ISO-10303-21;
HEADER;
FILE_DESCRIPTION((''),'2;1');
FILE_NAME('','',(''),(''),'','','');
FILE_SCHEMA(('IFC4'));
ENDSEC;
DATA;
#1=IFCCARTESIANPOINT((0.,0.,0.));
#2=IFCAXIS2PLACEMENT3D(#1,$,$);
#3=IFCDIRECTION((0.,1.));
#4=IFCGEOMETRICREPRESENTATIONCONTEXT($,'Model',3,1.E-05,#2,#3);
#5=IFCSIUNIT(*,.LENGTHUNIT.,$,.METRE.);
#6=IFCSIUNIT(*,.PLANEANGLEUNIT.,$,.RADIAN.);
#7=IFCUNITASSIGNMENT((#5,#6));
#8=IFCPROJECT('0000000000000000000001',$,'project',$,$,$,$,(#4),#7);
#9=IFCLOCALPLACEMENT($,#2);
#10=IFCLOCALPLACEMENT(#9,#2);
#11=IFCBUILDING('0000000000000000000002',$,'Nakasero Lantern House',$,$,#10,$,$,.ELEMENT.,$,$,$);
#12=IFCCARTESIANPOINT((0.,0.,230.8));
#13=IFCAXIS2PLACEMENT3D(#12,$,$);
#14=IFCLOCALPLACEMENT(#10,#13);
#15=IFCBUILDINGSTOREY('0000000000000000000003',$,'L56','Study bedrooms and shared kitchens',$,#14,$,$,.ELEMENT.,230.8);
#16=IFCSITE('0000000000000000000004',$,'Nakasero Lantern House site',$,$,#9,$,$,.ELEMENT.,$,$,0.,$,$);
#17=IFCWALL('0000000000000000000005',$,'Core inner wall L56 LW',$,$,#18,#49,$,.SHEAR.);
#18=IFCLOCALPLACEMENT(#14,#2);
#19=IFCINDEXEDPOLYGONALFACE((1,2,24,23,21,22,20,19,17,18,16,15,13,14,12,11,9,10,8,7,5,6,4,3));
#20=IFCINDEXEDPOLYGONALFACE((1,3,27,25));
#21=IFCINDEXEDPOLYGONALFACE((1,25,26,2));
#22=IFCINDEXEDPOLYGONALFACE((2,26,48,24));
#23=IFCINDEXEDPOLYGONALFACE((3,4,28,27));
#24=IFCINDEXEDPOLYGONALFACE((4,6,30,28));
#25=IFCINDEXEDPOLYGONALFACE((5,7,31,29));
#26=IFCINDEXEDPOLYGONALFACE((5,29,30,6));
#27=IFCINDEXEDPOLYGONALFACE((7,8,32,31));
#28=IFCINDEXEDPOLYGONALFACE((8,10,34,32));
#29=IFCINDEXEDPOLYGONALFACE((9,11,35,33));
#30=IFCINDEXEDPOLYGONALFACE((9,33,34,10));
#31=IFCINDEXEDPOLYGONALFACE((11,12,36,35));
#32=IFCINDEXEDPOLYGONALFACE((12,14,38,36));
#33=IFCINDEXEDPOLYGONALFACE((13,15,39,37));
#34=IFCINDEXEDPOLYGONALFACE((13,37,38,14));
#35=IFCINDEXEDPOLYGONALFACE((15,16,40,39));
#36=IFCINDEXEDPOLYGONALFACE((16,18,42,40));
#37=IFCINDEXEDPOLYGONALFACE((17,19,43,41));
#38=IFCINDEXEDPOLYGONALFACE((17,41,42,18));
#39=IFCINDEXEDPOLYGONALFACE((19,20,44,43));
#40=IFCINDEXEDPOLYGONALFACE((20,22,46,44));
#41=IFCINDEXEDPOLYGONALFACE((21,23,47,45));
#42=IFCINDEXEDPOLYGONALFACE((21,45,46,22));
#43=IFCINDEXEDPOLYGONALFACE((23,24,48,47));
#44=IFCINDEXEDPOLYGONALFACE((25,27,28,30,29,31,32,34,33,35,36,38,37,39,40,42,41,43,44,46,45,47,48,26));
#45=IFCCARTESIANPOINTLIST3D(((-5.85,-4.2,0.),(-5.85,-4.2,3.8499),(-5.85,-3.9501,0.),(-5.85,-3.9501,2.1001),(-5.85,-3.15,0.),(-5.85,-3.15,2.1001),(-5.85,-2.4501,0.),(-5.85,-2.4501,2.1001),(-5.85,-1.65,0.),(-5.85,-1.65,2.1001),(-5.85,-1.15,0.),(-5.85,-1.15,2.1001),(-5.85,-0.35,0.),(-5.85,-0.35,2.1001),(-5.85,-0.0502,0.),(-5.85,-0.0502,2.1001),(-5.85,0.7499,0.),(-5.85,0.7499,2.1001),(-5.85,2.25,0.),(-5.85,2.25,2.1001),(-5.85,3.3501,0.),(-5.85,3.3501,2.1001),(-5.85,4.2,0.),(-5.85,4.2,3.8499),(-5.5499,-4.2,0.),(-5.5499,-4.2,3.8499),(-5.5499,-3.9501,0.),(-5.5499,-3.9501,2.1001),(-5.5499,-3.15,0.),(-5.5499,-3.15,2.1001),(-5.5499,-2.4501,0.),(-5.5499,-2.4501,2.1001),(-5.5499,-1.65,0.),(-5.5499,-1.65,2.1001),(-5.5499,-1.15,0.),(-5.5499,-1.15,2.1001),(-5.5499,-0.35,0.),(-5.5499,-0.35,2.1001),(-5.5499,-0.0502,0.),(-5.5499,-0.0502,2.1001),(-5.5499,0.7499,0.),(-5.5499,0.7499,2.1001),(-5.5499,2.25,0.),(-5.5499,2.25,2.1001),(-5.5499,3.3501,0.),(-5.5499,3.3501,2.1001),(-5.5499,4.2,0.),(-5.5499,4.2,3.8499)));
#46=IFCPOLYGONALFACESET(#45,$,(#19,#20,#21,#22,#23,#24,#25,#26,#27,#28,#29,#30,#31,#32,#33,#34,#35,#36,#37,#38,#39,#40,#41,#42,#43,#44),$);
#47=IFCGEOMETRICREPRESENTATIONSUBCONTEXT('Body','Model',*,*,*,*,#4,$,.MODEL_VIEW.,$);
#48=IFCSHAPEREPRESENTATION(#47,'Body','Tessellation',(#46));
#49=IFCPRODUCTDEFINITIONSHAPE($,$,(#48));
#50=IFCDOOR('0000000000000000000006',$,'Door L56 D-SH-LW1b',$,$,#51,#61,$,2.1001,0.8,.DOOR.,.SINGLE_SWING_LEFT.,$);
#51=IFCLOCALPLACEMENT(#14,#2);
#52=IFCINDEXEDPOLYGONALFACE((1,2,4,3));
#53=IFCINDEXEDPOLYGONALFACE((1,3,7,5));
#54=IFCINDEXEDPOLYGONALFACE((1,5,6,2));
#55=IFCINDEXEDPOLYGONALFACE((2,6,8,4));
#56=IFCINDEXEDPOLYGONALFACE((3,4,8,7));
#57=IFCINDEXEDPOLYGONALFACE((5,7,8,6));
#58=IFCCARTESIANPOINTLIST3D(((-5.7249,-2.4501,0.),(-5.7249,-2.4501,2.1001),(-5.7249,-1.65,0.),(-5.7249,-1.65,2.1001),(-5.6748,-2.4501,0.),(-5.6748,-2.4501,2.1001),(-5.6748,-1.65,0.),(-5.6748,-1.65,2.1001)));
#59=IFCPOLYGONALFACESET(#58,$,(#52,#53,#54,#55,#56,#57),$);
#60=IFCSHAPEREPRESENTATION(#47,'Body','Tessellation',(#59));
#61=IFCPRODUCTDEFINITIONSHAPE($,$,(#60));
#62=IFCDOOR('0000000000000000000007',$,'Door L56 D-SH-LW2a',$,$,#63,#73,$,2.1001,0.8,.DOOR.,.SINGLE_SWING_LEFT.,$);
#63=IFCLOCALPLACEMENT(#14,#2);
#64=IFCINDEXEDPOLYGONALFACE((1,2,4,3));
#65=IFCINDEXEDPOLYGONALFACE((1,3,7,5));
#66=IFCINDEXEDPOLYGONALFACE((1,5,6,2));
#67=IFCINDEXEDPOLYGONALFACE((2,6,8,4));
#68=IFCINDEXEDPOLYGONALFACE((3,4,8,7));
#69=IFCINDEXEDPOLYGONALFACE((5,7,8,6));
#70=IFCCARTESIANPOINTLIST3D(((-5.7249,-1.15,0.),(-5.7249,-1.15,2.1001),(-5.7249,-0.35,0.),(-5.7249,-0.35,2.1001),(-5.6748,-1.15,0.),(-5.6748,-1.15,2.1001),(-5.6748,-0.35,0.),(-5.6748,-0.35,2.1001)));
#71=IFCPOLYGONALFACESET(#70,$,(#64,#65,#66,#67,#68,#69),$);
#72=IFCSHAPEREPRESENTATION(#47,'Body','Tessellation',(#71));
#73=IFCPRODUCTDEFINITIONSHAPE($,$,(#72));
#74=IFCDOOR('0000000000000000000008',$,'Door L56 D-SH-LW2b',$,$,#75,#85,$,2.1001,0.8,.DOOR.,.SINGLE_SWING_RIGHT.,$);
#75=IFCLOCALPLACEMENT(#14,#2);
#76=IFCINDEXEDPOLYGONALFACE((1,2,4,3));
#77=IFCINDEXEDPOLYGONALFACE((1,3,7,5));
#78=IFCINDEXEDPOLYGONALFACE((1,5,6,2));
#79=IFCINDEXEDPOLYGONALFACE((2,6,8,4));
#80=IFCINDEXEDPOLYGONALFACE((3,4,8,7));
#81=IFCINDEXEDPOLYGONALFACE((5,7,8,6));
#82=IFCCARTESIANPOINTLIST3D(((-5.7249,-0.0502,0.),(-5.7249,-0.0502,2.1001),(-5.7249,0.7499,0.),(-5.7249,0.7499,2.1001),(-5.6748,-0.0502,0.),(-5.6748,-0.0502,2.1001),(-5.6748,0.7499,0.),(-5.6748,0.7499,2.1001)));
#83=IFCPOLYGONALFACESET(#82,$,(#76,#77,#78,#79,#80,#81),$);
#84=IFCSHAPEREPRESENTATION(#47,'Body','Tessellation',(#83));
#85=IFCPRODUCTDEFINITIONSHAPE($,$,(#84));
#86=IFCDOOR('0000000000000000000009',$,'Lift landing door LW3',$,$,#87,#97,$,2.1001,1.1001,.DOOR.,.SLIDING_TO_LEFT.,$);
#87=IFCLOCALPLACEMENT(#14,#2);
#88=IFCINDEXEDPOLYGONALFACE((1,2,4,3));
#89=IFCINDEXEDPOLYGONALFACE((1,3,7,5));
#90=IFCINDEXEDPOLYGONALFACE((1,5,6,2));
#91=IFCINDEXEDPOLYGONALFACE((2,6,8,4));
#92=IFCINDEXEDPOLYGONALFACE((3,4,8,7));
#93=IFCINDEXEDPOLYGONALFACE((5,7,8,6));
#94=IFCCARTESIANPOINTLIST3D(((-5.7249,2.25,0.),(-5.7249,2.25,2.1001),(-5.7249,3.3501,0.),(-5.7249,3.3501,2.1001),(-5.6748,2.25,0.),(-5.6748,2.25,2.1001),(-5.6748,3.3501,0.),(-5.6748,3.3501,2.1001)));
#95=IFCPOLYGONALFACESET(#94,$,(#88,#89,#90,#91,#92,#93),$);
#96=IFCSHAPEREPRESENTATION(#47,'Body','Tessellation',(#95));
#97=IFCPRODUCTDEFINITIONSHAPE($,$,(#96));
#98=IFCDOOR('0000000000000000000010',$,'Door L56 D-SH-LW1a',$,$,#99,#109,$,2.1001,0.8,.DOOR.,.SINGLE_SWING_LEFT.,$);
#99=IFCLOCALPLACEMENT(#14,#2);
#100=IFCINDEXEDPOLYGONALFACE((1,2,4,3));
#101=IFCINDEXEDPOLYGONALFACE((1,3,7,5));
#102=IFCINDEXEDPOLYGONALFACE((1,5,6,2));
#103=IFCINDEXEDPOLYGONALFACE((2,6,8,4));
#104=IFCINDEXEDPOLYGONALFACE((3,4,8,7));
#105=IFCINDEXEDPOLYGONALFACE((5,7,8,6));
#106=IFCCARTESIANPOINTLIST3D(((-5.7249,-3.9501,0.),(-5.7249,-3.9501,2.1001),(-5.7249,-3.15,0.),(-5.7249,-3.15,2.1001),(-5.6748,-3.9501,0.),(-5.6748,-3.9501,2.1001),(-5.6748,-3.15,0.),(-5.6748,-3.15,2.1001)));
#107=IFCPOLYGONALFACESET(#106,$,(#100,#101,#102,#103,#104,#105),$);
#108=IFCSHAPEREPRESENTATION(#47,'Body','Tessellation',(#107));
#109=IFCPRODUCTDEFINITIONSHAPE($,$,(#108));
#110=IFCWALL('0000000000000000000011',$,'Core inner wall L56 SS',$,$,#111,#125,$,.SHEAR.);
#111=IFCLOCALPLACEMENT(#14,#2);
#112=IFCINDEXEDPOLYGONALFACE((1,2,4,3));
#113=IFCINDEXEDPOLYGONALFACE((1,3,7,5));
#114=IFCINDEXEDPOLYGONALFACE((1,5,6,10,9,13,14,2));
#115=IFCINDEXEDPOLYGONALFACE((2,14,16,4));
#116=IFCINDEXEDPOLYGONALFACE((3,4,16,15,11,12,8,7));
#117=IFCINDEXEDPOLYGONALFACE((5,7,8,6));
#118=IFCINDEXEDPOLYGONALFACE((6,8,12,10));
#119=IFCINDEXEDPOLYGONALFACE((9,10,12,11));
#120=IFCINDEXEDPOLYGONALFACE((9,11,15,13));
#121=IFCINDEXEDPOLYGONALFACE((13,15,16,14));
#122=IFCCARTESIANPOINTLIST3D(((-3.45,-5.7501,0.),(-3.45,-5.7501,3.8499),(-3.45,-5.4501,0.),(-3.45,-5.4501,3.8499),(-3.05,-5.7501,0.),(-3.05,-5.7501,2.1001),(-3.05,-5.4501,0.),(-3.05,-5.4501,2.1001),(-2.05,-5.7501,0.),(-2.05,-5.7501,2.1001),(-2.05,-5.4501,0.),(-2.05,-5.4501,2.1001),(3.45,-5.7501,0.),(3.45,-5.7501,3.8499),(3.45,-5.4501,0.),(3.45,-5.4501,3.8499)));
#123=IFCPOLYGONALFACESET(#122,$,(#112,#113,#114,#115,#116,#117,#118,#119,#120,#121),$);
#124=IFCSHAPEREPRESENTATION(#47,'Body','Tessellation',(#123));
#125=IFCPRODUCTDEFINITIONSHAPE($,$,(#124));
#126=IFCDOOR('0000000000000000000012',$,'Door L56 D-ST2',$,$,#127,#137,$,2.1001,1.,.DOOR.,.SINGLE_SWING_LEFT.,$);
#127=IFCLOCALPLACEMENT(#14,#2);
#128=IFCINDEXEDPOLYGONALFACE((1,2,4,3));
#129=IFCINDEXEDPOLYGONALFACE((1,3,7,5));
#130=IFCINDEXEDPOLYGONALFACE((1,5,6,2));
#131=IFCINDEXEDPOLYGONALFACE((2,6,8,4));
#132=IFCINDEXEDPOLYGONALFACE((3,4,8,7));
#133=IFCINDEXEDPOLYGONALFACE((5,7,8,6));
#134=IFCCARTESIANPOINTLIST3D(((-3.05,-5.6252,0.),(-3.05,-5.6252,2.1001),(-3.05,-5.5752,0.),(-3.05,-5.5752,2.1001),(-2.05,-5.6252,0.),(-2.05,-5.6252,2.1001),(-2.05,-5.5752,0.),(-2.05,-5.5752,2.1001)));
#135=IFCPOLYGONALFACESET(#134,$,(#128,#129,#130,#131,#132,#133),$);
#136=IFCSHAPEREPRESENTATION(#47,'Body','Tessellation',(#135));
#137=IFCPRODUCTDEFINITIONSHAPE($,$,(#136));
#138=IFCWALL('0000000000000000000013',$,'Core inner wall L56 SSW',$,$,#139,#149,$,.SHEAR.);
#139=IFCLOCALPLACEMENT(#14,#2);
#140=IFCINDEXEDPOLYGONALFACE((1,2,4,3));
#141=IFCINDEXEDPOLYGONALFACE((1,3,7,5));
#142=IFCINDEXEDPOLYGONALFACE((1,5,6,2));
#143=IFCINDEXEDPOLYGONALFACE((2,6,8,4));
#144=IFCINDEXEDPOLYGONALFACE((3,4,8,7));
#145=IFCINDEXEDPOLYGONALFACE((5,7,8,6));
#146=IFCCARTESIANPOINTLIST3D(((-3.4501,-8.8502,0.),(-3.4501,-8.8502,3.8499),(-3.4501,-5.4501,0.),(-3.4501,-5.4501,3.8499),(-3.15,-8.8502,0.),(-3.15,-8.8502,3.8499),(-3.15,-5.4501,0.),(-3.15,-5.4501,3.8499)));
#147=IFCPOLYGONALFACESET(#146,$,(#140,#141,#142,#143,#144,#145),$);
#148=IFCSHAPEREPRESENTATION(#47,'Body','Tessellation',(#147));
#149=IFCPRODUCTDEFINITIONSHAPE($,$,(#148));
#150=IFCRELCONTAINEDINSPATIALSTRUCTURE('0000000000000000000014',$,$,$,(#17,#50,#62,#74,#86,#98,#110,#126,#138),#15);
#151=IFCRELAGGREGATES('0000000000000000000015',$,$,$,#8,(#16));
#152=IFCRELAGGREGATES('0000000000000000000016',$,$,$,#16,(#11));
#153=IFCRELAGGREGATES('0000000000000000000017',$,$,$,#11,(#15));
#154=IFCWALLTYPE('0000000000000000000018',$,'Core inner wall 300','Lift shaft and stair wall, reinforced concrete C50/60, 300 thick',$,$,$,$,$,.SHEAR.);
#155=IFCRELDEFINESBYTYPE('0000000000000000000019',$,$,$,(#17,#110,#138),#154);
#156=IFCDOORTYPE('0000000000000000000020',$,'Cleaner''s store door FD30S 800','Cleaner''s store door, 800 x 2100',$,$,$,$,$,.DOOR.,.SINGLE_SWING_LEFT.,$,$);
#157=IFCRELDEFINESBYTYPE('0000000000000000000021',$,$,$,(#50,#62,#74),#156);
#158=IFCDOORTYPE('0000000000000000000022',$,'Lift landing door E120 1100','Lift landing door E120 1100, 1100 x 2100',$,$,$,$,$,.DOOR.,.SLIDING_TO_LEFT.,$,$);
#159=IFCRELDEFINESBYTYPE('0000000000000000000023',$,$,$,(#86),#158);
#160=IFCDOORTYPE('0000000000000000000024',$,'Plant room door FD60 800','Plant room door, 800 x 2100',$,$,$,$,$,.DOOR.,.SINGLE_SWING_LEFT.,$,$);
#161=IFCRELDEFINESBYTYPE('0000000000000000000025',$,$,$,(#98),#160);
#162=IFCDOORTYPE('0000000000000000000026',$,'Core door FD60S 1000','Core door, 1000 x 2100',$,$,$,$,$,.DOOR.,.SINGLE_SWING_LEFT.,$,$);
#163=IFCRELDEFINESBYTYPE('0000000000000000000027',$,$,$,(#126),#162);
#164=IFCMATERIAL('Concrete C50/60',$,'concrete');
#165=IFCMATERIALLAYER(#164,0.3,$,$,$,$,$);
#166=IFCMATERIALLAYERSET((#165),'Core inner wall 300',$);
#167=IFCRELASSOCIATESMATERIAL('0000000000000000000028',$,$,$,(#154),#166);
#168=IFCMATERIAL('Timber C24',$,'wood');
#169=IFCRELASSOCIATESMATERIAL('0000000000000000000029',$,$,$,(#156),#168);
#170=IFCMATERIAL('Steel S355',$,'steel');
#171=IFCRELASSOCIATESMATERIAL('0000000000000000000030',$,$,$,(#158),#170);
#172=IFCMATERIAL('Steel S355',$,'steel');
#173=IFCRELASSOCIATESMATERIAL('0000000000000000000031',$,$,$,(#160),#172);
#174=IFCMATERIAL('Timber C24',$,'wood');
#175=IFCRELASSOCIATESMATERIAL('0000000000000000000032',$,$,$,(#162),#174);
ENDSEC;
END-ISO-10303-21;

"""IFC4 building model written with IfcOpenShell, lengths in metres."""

from ifc_helpers import new_model, si_unit, direction, frame, frame_2d, origin, place, context, subcontext, project, spatial, rectangle, extrude, material, layer, layer_set, type_object, element, fill, save


model = new_model("IFC4")

# Units and contexts
model_context = context("Model", 3, precision=1e-05, world=origin(), true_north=direction((0.0, 1.0)))
body_context = subcontext(model_context, "Body", "Model", "MODEL_VIEW")
ifc_project = project(units=[si_unit("LENGTHUNIT", "METRE"), si_unit("PLANEANGLEUNIT", "RADIAN")], contexts=[model_context])

# Site, building, storey
site_placement = place(None, origin())
site = spatial("IfcSite", under=ifc_project, at=site_placement, Name="Nakasero Lantern House site", CompositionType="ELEMENT", RefElevation=0.0)
building_placement = place(site_placement, origin())
building = spatial("IfcBuilding", under=site, at=building_placement, Name="Nakasero Lantern House", CompositionType="ELEMENT")
storey_placement = place(building_placement, frame((0.0, 0.0, 230.8)))
storey = spatial("IfcBuildingStorey", under=building, at=storey_placement, Name="L56", Description="Study bedrooms and shared kitchens", CompositionType="ELEMENT", Elevation=230.8)

# Wall, openings, doors
ifc_material_1 = material(Name="Concrete C50/60", Category="concrete")
ifc_layer_1 = layer(ifc_material_1, 0.3)
ifc_layer_set_1 = layer_set([ifc_layer_1], Name="Core inner wall 300")
wall_type_1 = type_object("IfcWallType", Name="Core inner wall 300", Description="Lift shaft and stair wall, reinforced concrete C50/60, 300 thick", PredefinedType="SHEAR", material=ifc_layer_set_1)
wall_1_placement = place(storey_placement, frame((-5.7, -4.2, 0.0), z_axis=(0.0, 0.0, 1.0), x_axis=(0.0, 1.0, 0.0)))
wall_1 = element("IfcWall", 1, at=wall_1_placement, inside=storey, type_object=wall_type_1, Name="Core inner wall L56 LW", PredefinedType="SHEAR", context=body_context, shape_type="SweptSolid", body=[
    extrude(rectangle(XDim=8.3999, YDim=0.3, at=frame_2d((4.2, 0.0))), origin(), (0.0, 0.0, 1.0), 3.8499),
])
opening_1_placement = place(wall_1_placement, frame((0.25, 0.0, 0.0)))
opening_1 = element("IfcOpeningElement", 2, at=opening_1_placement, cuts=wall_1, PredefinedType="OPENING", context=body_context, shape_type="SweptSolid", body=[
    extrude(rectangle(XDim=0.8, YDim=2.1001, at=frame_2d((0.3999, 1.05))), frame((0.0, 0.1699, 0.0), z_axis=(0.0, -1.0, 0.0), x_axis=(1.0, 0.0, 0.0)), (0.0, 0.0, 1.0), 0.3401),
])
opening_2_placement = place(wall_1_placement, frame((1.75, 0.0, 0.0)))
opening_2 = element("IfcOpeningElement", 3, at=opening_2_placement, cuts=wall_1, PredefinedType="OPENING", context=body_context, shape_type="SweptSolid", body=[
    extrude(rectangle(XDim=0.8, YDim=2.1001, at=frame_2d((0.3999, 1.05))), frame((0.0, 0.1699, 0.0), z_axis=(0.0, -1.0, 0.0), x_axis=(1.0, 0.0, 0.0)), (0.0, 0.0, 1.0), 0.3401),
])
opening_3_placement = place(wall_1_placement, frame((3.05, 0.0, 0.0)))
opening_3 = element("IfcOpeningElement", 4, at=opening_3_placement, cuts=wall_1, PredefinedType="OPENING", context=body_context, shape_type="SweptSolid", body=[
    extrude(rectangle(XDim=0.8, YDim=2.1001, at=frame_2d((0.3999, 1.05))), frame((0.0, 0.1699, 0.0), z_axis=(0.0, -1.0, 0.0), x_axis=(1.0, 0.0, 0.0)), (0.0, 0.0, 1.0), 0.3401),
])
opening_4_placement = place(wall_1_placement, frame((4.1499, 0.0, 0.0)))
opening_4 = element("IfcOpeningElement", 5, at=opening_4_placement, cuts=wall_1, PredefinedType="OPENING", context=body_context, shape_type="SweptSolid", body=[
    extrude(rectangle(XDim=0.8, YDim=2.1001, at=frame_2d((0.3999, 1.05))), frame((0.0, 0.1699, 0.0), z_axis=(0.0, -1.0, 0.0), x_axis=(1.0, 0.0, 0.0)), (0.0, 0.0, 1.0), 0.3401),
])
opening_5_placement = place(wall_1_placement, frame((6.45, 0.0, 0.0)))
opening_5 = element("IfcOpeningElement", 6, at=opening_5_placement, cuts=wall_1, PredefinedType="OPENING", context=body_context, shape_type="SweptSolid", body=[
    extrude(rectangle(XDim=1.1001, YDim=2.1001, at=frame_2d((0.55, 1.05))), frame((0.0, 0.1699, 0.0), z_axis=(0.0, -1.0, 0.0), x_axis=(1.0, 0.0, 0.0)), (0.0, 0.0, 1.0), 0.3401),
])
ifc_material_2 = material(Name="Timber C24", Category="wood")
door_type_1 = type_object("IfcDoorType", Name="Cleaner's store door FD30S 800", Description="Cleaner's store door, 800 x 2100", OperationType="SINGLE_SWING_LEFT", PredefinedType="DOOR", material=ifc_material_2)
door_1_placement = place(opening_2_placement, origin())
door_1 = element("IfcDoor", 7, at=door_1_placement, inside=storey, type_object=door_type_1, Name="Door L56 D-SH-LW1b", OperationType="SINGLE_SWING_LEFT", OverallHeight=2.1001, OverallWidth=0.8, PredefinedType="DOOR", context=body_context, shape_type="SweptSolid", body=[
    extrude(rectangle(XDim=0.8, YDim=2.1001, at=frame_2d((0.3999, 1.05))), frame((0.0, 0.0249, 0.0), z_axis=(0.0, -1.0, 0.0), x_axis=(1.0, 0.0, 0.0)), (0.0, 0.0, 1.0), 0.05),
])
fill(opening_2, door_1)
door_2_placement = place(opening_3_placement, origin())
door_2 = element("IfcDoor", 8, at=door_2_placement, inside=storey, type_object=door_type_1, Name="Door L56 D-SH-LW2a", OperationType="SINGLE_SWING_LEFT", OverallHeight=2.1001, OverallWidth=0.8, PredefinedType="DOOR", context=body_context, shape_type="SweptSolid", body=[
    extrude(rectangle(XDim=0.8, YDim=2.1001, at=frame_2d((0.3999, 1.05))), frame((0.0, 0.0249, 0.0), z_axis=(0.0, -1.0, 0.0), x_axis=(1.0, 0.0, 0.0)), (0.0, 0.0, 1.0), 0.05),
])
fill(opening_3, door_2)
door_3_placement = place(opening_4_placement, origin())
door_3 = element("IfcDoor", 9, at=door_3_placement, inside=storey, type_object=door_type_1, Name="Door L56 D-SH-LW2b", OperationType="SINGLE_SWING_RIGHT", OverallHeight=2.1001, OverallWidth=0.8, PredefinedType="DOOR", context=body_context, shape_type="SweptSolid", body=[
    extrude(rectangle(XDim=0.8, YDim=2.1001, at=frame_2d((0.3999, 1.05))), frame((0.0, 0.0249, 0.0), z_axis=(0.0, -1.0, 0.0), x_axis=(1.0, 0.0, 0.0)), (0.0, 0.0, 1.0), 0.05),
])
fill(opening_4, door_3)
ifc_material_3 = material(Name="Steel S355", Category="steel")
door_type_2 = type_object("IfcDoorType", Name="Lift landing door E120 1100", Description="Lift landing door E120 1100, 1100 x 2100", OperationType="SLIDING_TO_LEFT", PredefinedType="DOOR", material=ifc_material_3)
door_4_placement = place(opening_5_placement, origin())
door_4 = element("IfcDoor", 10, at=door_4_placement, inside=storey, type_object=door_type_2, Name="Lift landing door LW3", OperationType="SLIDING_TO_LEFT", OverallHeight=2.1001, OverallWidth=1.1001, PredefinedType="DOOR", context=body_context, shape_type="SweptSolid", body=[
    extrude(rectangle(XDim=1.1001, YDim=2.1001, at=frame_2d((0.55, 1.05))), frame((0.0, 0.0249, 0.0), z_axis=(0.0, -1.0, 0.0), x_axis=(1.0, 0.0, 0.0)), (0.0, 0.0, 1.0), 0.05),
])
fill(opening_5, door_4)
ifc_material_4 = material(Name="Steel S355", Category="steel")
door_type_3 = type_object("IfcDoorType", Name="Plant room door FD60 800", Description="Plant room door, 800 x 2100", OperationType="SINGLE_SWING_LEFT", PredefinedType="DOOR", material=ifc_material_4)
door_5_placement = place(opening_1_placement, origin())
door_5 = element("IfcDoor", 11, at=door_5_placement, inside=storey, type_object=door_type_3, Name="Door L56 D-SH-LW1a", OperationType="SINGLE_SWING_LEFT", OverallHeight=2.1001, OverallWidth=0.8, PredefinedType="DOOR", context=body_context, shape_type="SweptSolid", body=[
    extrude(rectangle(XDim=0.8, YDim=2.1001, at=frame_2d((0.3999, 1.05))), frame((0.0, 0.0249, 0.0), z_axis=(0.0, -1.0, 0.0), x_axis=(1.0, 0.0, 0.0)), (0.0, 0.0, 1.0), 0.05),
])
fill(opening_1, door_5)

# Wall, opening, door
wall_2_placement = place(storey_placement, frame((-3.45, -5.6001, 0.0), z_axis=(0.0, 0.0, 1.0), x_axis=(1.0, 0.0, 0.0)))
wall_2 = element("IfcWall", 12, at=wall_2_placement, inside=storey, type_object=wall_type_1, Name="Core inner wall L56 SS", PredefinedType="SHEAR", context=body_context, shape_type="SweptSolid", body=[
    extrude(rectangle(XDim=6.8999, YDim=0.3, at=frame_2d((3.45, 0.0))), origin(), (0.0, 0.0, 1.0), 3.8499),
])
opening_6_placement = place(wall_2_placement, frame((0.3999, 0.0, 0.0)))
opening_6 = element("IfcOpeningElement", 13, at=opening_6_placement, cuts=wall_2, PredefinedType="OPENING", context=body_context, shape_type="SweptSolid", body=[
    extrude(rectangle(XDim=1.0, YDim=2.1001, at=frame_2d((0.5, 1.05))), frame((0.0, 0.1699, 0.0), z_axis=(0.0, -1.0, 0.0), x_axis=(1.0, 0.0, 0.0)), (0.0, 0.0, 1.0), 0.3401),
])
ifc_material_5 = material(Name="Timber C24", Category="wood")
door_type_4 = type_object("IfcDoorType", Name="Core door FD60S 1000", Description="Core door, 1000 x 2100", OperationType="SINGLE_SWING_LEFT", PredefinedType="DOOR", material=ifc_material_5)
door_6_placement = place(opening_6_placement, origin())
door_6 = element("IfcDoor", 14, at=door_6_placement, inside=storey, type_object=door_type_4, Name="Door L56 D-ST2", OperationType="SINGLE_SWING_LEFT", OverallHeight=2.1001, OverallWidth=1.0, PredefinedType="DOOR", context=body_context, shape_type="SweptSolid", body=[
    extrude(rectangle(XDim=1.0, YDim=2.1001, at=frame_2d((0.5, 1.05))), frame((0.0, 0.0249, 0.0), z_axis=(0.0, -1.0, 0.0), x_axis=(1.0, 0.0, 0.0)), (0.0, 0.0, 1.0), 0.05),
])
fill(opening_6, door_6)

# Wall
wall_3_placement = place(storey_placement, frame((-3.3, -5.45, 0.0), z_axis=(0.0, 0.0, 1.0), x_axis=(0.0, -1.0, 0.0)))
element("IfcWall", 15, at=wall_3_placement, inside=storey, type_object=wall_type_1, Name="Core inner wall L56 SSW", PredefinedType="SHEAR", context=body_context, shape_type="SweptSolid", body=[
    extrude(rectangle(XDim=3.4001, YDim=0.3, at=frame_2d((1.7002, 0.0))), origin(), (0.0, 0.0, 1.0), 3.8499),
])

save(model, "model.ifc")
